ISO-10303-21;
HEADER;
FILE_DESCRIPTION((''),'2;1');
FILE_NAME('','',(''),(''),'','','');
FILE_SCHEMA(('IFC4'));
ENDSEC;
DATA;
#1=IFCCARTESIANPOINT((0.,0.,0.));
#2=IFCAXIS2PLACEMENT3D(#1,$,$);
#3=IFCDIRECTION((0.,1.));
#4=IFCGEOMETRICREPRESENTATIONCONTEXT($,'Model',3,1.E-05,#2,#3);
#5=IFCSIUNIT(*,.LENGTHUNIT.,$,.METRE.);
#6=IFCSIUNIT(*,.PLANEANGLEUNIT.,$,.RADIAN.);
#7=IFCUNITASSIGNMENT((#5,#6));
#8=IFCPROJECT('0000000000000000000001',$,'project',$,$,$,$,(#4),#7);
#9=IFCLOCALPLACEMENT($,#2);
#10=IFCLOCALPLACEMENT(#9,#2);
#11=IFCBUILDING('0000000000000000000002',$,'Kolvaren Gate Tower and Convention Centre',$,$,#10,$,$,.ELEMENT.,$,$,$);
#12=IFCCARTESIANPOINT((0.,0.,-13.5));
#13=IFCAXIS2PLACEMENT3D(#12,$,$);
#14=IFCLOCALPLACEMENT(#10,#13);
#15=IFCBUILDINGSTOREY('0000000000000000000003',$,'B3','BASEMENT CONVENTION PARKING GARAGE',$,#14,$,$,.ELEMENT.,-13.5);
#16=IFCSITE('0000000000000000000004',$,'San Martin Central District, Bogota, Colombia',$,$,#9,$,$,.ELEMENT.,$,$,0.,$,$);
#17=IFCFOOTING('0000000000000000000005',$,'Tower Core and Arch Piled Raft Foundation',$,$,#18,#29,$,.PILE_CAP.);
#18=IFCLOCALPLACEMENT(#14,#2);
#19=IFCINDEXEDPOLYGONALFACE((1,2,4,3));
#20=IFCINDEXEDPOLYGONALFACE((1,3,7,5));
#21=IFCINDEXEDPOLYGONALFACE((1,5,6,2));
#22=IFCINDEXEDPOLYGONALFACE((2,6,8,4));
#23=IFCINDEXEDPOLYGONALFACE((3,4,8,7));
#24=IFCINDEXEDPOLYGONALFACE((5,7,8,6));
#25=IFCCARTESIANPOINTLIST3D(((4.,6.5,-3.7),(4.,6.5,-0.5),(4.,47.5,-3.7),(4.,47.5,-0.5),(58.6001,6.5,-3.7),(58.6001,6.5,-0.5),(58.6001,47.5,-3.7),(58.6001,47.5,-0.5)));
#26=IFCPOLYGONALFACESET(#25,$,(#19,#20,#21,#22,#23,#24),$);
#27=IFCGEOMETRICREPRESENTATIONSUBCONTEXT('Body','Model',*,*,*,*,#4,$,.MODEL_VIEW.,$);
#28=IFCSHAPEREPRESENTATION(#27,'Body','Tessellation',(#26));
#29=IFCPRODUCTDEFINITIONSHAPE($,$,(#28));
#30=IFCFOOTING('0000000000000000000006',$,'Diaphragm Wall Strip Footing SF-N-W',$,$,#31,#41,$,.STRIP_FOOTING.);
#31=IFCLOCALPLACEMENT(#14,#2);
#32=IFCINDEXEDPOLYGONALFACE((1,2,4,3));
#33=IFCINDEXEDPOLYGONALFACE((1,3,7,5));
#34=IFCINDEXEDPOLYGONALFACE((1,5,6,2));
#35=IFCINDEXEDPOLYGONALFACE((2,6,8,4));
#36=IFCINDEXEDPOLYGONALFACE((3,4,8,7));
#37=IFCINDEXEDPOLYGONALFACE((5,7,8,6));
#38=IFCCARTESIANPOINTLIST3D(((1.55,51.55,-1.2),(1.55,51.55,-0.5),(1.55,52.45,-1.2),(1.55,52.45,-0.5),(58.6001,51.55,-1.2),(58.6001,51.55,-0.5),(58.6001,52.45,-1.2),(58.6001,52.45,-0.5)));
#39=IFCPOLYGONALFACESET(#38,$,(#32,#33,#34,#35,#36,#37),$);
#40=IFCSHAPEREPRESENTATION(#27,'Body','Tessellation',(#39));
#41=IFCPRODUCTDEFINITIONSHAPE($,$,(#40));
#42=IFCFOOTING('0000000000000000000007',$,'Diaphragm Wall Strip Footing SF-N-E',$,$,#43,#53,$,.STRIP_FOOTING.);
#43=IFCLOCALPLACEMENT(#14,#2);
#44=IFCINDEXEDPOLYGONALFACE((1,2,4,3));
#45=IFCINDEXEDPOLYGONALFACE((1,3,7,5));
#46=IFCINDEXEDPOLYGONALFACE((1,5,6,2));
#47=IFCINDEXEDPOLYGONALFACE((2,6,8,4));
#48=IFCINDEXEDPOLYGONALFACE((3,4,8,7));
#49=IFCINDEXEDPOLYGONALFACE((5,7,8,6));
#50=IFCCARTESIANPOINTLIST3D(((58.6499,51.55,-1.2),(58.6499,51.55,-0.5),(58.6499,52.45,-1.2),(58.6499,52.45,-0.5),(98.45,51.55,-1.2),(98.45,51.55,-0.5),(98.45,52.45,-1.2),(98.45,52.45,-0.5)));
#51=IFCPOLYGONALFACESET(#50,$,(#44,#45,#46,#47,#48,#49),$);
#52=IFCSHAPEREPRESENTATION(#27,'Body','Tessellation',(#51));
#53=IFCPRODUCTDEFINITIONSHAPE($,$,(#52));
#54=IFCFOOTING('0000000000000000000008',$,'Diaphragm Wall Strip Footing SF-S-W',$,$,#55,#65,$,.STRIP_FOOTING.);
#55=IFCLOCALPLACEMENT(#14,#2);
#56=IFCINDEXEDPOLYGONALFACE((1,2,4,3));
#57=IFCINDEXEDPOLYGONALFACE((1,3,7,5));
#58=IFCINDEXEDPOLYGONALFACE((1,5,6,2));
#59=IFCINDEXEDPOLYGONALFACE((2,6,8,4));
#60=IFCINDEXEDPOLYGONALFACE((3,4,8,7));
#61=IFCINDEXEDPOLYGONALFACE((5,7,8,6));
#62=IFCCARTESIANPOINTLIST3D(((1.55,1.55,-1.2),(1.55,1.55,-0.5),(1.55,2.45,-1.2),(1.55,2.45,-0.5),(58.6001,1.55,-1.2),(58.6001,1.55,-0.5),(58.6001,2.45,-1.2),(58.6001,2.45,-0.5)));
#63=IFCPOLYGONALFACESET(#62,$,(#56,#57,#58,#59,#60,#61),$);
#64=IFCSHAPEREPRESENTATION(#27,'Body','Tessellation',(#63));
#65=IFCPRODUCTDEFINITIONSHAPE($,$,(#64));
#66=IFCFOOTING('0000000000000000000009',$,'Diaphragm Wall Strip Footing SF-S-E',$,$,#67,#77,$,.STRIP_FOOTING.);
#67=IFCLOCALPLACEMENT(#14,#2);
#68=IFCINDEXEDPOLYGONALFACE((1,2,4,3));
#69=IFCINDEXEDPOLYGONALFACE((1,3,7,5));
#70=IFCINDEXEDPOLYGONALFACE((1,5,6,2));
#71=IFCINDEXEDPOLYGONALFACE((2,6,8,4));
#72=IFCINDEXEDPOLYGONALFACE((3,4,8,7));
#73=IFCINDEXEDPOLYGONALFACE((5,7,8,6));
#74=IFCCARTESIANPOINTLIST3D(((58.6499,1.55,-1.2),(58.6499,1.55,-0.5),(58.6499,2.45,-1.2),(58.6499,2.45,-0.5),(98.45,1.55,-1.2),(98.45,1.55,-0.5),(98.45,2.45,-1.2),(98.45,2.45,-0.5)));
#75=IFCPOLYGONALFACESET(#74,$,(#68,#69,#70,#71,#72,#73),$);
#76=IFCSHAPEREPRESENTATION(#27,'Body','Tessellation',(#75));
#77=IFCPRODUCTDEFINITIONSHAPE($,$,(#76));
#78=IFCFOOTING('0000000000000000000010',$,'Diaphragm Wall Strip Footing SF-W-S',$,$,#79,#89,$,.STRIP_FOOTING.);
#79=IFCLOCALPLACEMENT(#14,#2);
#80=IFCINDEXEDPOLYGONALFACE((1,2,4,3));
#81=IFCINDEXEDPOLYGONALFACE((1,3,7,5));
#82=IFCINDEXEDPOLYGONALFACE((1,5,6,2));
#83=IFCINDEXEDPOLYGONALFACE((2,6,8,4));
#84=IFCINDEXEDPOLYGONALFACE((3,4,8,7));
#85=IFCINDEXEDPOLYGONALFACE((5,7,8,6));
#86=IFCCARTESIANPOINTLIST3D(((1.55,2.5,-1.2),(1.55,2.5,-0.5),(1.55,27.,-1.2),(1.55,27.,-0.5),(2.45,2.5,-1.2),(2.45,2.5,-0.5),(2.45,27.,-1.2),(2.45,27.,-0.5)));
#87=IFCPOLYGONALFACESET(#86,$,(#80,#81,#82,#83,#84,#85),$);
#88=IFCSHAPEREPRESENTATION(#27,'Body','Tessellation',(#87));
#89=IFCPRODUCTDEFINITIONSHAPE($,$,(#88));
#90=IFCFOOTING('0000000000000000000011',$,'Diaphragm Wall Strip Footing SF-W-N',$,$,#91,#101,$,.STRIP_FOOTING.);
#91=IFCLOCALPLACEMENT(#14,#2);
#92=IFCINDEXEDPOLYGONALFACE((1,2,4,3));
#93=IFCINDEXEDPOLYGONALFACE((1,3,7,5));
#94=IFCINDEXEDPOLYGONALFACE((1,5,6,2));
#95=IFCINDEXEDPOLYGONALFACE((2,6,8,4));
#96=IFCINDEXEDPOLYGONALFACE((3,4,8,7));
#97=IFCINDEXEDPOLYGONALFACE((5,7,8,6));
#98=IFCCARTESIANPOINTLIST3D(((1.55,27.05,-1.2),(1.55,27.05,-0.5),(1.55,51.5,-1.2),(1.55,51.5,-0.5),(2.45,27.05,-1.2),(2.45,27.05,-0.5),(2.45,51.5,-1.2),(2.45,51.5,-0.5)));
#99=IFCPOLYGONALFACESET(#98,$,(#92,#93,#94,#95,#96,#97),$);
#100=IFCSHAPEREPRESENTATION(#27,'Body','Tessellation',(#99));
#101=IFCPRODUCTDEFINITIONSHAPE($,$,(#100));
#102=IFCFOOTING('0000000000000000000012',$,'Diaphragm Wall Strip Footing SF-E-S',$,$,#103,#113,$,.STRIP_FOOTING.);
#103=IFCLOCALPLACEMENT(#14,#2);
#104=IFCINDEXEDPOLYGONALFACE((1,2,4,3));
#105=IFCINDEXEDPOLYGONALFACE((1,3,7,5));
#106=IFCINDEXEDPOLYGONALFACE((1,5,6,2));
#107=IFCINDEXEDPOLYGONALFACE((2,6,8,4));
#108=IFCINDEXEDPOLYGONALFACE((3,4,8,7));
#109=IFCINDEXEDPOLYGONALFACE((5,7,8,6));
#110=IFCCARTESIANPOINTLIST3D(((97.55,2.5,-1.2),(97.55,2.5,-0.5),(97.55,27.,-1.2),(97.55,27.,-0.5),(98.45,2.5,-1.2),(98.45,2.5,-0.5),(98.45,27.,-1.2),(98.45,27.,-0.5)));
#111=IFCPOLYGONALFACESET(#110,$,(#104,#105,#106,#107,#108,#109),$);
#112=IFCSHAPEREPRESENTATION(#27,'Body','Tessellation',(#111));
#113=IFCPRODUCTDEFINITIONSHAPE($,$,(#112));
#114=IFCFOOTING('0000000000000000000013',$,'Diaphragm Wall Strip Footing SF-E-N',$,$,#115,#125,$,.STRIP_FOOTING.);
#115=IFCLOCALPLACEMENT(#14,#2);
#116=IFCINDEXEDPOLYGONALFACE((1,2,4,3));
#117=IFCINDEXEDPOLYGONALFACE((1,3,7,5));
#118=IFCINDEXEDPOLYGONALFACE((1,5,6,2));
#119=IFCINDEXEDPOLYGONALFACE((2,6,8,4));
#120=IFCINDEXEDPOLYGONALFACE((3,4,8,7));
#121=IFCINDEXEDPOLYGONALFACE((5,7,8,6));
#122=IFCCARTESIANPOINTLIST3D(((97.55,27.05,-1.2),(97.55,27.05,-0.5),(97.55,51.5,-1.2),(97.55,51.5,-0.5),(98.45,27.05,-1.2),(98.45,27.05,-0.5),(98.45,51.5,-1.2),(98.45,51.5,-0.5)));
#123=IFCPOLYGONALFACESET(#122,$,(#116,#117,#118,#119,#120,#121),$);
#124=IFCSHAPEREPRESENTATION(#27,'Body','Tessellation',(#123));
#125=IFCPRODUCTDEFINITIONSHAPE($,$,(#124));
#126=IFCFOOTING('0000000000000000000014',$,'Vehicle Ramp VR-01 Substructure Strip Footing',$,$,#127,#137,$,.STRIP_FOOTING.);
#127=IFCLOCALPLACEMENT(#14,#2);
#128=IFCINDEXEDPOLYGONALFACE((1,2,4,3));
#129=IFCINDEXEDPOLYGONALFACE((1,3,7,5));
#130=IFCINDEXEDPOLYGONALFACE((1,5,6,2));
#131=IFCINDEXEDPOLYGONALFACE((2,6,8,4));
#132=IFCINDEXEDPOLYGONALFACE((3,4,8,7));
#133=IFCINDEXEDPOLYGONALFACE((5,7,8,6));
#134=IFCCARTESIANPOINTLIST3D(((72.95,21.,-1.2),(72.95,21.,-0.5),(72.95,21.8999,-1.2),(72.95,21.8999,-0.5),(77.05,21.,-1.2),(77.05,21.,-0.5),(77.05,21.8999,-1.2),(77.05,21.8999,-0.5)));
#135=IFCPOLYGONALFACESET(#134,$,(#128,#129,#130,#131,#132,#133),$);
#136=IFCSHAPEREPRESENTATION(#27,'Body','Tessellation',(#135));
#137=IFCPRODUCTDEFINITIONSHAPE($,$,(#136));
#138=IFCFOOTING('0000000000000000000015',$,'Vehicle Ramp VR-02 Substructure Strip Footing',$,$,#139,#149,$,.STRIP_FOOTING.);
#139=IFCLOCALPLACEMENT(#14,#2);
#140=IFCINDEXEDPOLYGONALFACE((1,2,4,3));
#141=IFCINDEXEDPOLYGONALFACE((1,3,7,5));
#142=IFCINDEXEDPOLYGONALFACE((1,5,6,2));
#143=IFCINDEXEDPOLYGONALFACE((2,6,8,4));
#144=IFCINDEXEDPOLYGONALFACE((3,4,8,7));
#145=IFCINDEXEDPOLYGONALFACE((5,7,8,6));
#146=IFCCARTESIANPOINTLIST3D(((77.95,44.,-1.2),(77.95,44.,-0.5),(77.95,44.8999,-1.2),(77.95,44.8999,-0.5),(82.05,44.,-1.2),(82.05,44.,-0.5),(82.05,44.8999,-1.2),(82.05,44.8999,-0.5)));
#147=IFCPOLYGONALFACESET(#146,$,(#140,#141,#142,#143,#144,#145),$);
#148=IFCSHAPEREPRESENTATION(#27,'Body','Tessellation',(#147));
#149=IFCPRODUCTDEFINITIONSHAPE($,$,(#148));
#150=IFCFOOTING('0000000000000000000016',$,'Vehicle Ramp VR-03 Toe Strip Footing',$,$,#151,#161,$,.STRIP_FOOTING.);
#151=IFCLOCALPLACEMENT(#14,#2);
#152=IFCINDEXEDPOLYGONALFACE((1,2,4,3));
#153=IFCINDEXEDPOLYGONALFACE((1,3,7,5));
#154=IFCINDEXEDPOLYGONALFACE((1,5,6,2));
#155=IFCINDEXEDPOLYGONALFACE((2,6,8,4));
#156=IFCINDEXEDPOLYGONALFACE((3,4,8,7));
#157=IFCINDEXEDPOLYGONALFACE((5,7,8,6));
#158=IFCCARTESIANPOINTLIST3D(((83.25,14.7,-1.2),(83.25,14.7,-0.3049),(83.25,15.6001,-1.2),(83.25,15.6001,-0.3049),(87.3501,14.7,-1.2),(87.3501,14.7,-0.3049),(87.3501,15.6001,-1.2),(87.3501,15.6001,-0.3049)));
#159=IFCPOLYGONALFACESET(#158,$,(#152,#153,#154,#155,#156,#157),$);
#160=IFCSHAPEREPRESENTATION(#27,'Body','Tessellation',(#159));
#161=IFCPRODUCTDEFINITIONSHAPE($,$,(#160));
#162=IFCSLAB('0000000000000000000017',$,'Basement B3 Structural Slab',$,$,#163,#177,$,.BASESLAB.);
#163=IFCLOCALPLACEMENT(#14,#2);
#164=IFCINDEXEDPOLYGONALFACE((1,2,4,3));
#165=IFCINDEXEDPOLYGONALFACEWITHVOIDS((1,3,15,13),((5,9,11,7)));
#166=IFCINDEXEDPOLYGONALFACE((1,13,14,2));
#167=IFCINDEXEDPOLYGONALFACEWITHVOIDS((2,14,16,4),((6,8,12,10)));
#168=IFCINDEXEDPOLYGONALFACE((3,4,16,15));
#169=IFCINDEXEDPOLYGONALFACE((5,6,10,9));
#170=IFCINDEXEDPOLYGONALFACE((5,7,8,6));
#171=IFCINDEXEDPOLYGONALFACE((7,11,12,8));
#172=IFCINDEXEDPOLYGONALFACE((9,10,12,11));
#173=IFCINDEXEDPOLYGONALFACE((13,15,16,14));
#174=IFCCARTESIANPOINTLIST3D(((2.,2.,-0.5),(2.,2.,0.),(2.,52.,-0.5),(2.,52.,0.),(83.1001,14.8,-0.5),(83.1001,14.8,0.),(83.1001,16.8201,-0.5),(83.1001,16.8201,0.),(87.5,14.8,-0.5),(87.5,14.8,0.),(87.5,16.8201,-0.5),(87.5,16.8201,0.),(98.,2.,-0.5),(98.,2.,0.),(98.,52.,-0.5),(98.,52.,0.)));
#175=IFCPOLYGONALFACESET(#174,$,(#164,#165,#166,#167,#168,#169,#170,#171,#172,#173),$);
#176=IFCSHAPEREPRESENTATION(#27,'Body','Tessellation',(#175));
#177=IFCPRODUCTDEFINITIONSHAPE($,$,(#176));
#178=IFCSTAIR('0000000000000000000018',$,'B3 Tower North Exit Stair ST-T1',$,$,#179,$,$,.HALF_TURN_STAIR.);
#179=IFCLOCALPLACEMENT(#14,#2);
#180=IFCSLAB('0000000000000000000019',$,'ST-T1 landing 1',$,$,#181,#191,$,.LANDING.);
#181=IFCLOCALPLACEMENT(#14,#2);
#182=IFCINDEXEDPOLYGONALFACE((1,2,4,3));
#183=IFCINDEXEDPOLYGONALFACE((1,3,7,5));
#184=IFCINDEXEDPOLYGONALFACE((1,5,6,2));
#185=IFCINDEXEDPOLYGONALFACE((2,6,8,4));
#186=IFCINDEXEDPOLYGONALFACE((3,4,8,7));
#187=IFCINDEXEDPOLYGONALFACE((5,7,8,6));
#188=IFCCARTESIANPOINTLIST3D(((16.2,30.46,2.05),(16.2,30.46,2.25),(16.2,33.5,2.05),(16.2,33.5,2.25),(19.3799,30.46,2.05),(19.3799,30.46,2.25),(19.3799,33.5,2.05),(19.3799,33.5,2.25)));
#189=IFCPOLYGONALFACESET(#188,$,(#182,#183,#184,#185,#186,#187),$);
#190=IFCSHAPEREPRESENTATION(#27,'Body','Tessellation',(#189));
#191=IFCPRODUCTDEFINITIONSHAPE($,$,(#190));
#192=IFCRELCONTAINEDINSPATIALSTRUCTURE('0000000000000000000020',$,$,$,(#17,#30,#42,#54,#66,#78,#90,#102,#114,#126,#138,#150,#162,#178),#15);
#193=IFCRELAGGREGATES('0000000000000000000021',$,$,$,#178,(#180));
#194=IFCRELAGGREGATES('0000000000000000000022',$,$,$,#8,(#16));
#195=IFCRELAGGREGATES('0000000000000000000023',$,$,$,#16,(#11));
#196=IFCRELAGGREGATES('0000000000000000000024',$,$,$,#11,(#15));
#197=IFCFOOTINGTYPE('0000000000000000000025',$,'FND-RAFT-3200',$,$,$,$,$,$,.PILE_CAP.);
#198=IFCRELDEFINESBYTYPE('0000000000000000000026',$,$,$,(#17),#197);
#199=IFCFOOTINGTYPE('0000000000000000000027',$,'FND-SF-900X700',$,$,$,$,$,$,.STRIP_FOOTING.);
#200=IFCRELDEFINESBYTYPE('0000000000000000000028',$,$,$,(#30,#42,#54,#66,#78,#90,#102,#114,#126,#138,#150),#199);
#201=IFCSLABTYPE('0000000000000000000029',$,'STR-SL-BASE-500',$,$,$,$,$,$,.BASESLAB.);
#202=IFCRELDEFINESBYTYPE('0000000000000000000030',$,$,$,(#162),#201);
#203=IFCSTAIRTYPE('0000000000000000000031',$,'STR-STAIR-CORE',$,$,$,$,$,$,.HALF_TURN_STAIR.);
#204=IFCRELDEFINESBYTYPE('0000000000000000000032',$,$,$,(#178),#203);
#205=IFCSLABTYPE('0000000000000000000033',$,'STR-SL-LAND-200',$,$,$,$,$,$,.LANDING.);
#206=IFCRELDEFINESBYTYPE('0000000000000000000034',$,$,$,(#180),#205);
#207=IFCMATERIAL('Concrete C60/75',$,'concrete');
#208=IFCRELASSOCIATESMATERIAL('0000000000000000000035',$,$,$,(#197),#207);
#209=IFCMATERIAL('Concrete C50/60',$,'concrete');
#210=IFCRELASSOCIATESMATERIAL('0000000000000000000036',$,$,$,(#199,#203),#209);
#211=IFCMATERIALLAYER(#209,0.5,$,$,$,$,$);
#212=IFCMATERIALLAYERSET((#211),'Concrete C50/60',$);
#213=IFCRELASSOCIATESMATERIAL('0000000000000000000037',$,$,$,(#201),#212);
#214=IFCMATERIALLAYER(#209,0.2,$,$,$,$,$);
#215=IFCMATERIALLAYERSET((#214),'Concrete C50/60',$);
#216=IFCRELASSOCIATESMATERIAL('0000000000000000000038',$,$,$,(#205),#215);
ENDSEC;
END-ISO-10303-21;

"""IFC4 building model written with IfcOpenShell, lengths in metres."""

from ifc_helpers import new_model, si_unit, direction, frame, origin, place, context, subcontext, project, spatial, polyline, outline, extrude, material, layer, layer_set, type_object, element, aggregate, save


model = new_model("IFC4")

# Units and contexts
model_context = context("Model", 3, precision=1e-05, world=origin(), true_north=direction((0.0, 1.0)))
body_context = subcontext(model_context, "Body", "Model", "MODEL_VIEW")
ifc_project = project(units=[si_unit("LENGTHUNIT", "METRE"), si_unit("PLANEANGLEUNIT", "RADIAN")], contexts=[model_context])

# Site, building, storey
site_placement = place(None, origin())
site = spatial("IfcSite", under=ifc_project, at=site_placement, Name="San Martin Central District, Bogota, Colombia", CompositionType="ELEMENT", RefElevation=0.0)
building_placement = place(site_placement, origin())
building = spatial("IfcBuilding", under=site, at=building_placement, Name="Kolvaren Gate Tower and Convention Centre", CompositionType="ELEMENT")
storey_placement = place(building_placement, frame((0.0, 0.0, -13.5)))
storey = spatial("IfcBuildingStorey", under=building, at=storey_placement, Name="B3", Description="BASEMENT CONVENTION PARKING GARAGE", CompositionType="ELEMENT", Elevation=-13.5)

# Footings
ifc_material_1 = material(Name="Concrete C60/75", Category="concrete")
footing_type_1 = type_object("IfcFootingType", Name="FND-RAFT-3200", PredefinedType="PILE_CAP", material=ifc_material_1)
footing_1_placement = place(storey_placement, frame((0.0, 0.0, -3.7)))
element("IfcFooting", 1, at=footing_1_placement, inside=storey, type_object=footing_type_1, Name="Tower Core and Arch Piled Raft Foundation", PredefinedType="PILE_CAP", context=body_context, shape_type="SweptSolid", body=[
    extrude(outline(polyline([(4.0, 6.5), (58.6001, 6.5), (58.6001, 47.5), (4.0, 47.5), (4.0, 6.5)])), origin(), (0.0, 0.0, 1.0), 3.2),
])
ifc_material_2 = material(Name="Concrete C50/60", Category="concrete")
footing_type_2 = type_object("IfcFootingType", Name="FND-SF-900X700", PredefinedType="STRIP_FOOTING", material=ifc_material_2)
footing_2_placement = place(storey_placement, frame((0.0, 0.0, -1.2)))
element("IfcFooting", 2, at=footing_2_placement, inside=storey, type_object=footing_type_2, Name="Diaphragm Wall Strip Footing SF-N-W", PredefinedType="STRIP_FOOTING", context=body_context, shape_type="SweptSolid", body=[
    extrude(outline(polyline([(1.55, 51.55), (58.6001, 51.55), (58.6001, 52.45), (1.55, 52.45), (1.55, 51.55)])), origin(), (0.0, 0.0, 1.0), 0.7),
])
footing_3_placement = place(storey_placement, frame((0.0, 0.0, -1.2)))
element("IfcFooting", 3, at=footing_3_placement, inside=storey, type_object=footing_type_2, Name="Diaphragm Wall Strip Footing SF-N-E", PredefinedType="STRIP_FOOTING", context=body_context, shape_type="SweptSolid", body=[
    extrude(outline(polyline([(58.6499, 51.55), (98.45, 51.55), (98.45, 52.45), (58.6499, 52.45), (58.6499, 51.55)])), origin(), (0.0, 0.0, 1.0), 0.7),
])
footing_4_placement = place(storey_placement, frame((0.0, 0.0, -1.2)))
element("IfcFooting", 4, at=footing_4_placement, inside=storey, type_object=footing_type_2, Name="Diaphragm Wall Strip Footing SF-S-W", PredefinedType="STRIP_FOOTING", context=body_context, shape_type="SweptSolid", body=[
    extrude(outline(polyline([(1.55, 1.55), (58.6001, 1.55), (58.6001, 2.45), (1.55, 2.45), (1.55, 1.55)])), origin(), (0.0, 0.0, 1.0), 0.7),
])
footing_5_placement = place(storey_placement, frame((0.0, 0.0, -1.2)))
element("IfcFooting", 5, at=footing_5_placement, inside=storey, type_object=footing_type_2, Name="Diaphragm Wall Strip Footing SF-S-E", PredefinedType="STRIP_FOOTING", context=body_context, shape_type="SweptSolid", body=[
    extrude(outline(polyline([(58.6499, 1.55), (98.45, 1.55), (98.45, 2.45), (58.6499, 2.45), (58.6499, 1.55)])), origin(), (0.0, 0.0, 1.0), 0.7),
])
footing_6_placement = place(storey_placement, frame((0.0, 0.0, -1.2)))
element("IfcFooting", 6, at=footing_6_placement, inside=storey, type_object=footing_type_2, Name="Diaphragm Wall Strip Footing SF-W-S", PredefinedType="STRIP_FOOTING", context=body_context, shape_type="SweptSolid", body=[
    extrude(outline(polyline([(1.55, 2.5), (2.45, 2.5), (2.45, 27.0), (1.55, 27.0), (1.55, 2.5)])), origin(), (0.0, 0.0, 1.0), 0.7),
])
footing_7_placement = place(storey_placement, frame((0.0, 0.0, -1.2)))
element("IfcFooting", 7, at=footing_7_placement, inside=storey, type_object=footing_type_2, Name="Diaphragm Wall Strip Footing SF-W-N", PredefinedType="STRIP_FOOTING", context=body_context, shape_type="SweptSolid", body=[
    extrude(outline(polyline([(1.55, 27.05), (2.45, 27.05), (2.45, 51.5), (1.55, 51.5), (1.55, 27.05)])), origin(), (0.0, 0.0, 1.0), 0.7),
])
footing_8_placement = place(storey_placement, frame((0.0, 0.0, -1.2)))
element("IfcFooting", 8, at=footing_8_placement, inside=storey, type_object=footing_type_2, Name="Diaphragm Wall Strip Footing SF-E-S", PredefinedType="STRIP_FOOTING", context=body_context, shape_type="SweptSolid", body=[
    extrude(outline(polyline([(97.55, 2.5), (98.45, 2.5), (98.45, 27.0), (97.55, 27.0), (97.55, 2.5)])), origin(), (0.0, 0.0, 1.0), 0.7),
])
footing_9_placement = place(storey_placement, frame((0.0, 0.0, -1.2)))
element("IfcFooting", 9, at=footing_9_placement, inside=storey, type_object=footing_type_2, Name="Diaphragm Wall Strip Footing SF-E-N", PredefinedType="STRIP_FOOTING", context=body_context, shape_type="SweptSolid", body=[
    extrude(outline(polyline([(97.55, 27.05), (98.45, 27.05), (98.45, 51.5), (97.55, 51.5), (97.55, 27.05)])), origin(), (0.0, 0.0, 1.0), 0.7),
])
footing_10_placement = place(storey_placement, frame((0.0, 0.0, -1.2)))
element("IfcFooting", 10, at=footing_10_placement, inside=storey, type_object=footing_type_2, Name="Vehicle Ramp VR-01 Substructure Strip Footing", PredefinedType="STRIP_FOOTING", context=body_context, shape_type="SweptSolid", body=[
    extrude(outline(polyline([(72.95, 21.0), (77.05, 21.0), (77.05, 21.8999), (72.95, 21.8999), (72.95, 21.0)])), origin(), (0.0, 0.0, 1.0), 0.7),
])
footing_11_placement = place(storey_placement, frame((0.0, 0.0, -1.2)))
element("IfcFooting", 11, at=footing_11_placement, inside=storey, type_object=footing_type_2, Name="Vehicle Ramp VR-02 Substructure Strip Footing", PredefinedType="STRIP_FOOTING", context=body_context, shape_type="SweptSolid", body=[
    extrude(outline(polyline([(77.95, 44.0), (82.05, 44.0), (82.05, 44.8999), (77.95, 44.8999), (77.95, 44.0)])), origin(), (0.0, 0.0, 1.0), 0.7),
])
footing_12_placement = place(storey_placement, frame((0.0, 0.0, -1.2)))
element("IfcFooting", 12, at=footing_12_placement, inside=storey, type_object=footing_type_2, Name="Vehicle Ramp VR-03 Toe Strip Footing", PredefinedType="STRIP_FOOTING", context=body_context, shape_type="SweptSolid", body=[
    extrude(outline(polyline([(83.25, 14.7), (87.3501, 14.7), (87.3501, 15.6001), (83.25, 15.6001), (83.25, 14.7)])), origin(), (0.0, 0.0, 1.0), 0.895),
])

# Slab
ifc_layer_1 = layer(ifc_material_2, 0.5)
ifc_layer_set_1 = layer_set([ifc_layer_1], Name="Concrete C50/60")
slab_type_1 = type_object("IfcSlabType", Name="STR-SL-BASE-500", PredefinedType="BASESLAB", material=ifc_layer_set_1)
slab_1_placement = place(storey_placement, frame((0.0, 0.0, -0.5)))
element("IfcSlab", 13, at=slab_1_placement, inside=storey, type_object=slab_type_1, Name="Basement B3 Structural Slab", PredefinedType="BASESLAB", context=body_context, shape_type="SweptSolid", body=[
    extrude(outline(polyline([(2.0, 2.0), (98.0, 2.0), (98.0, 52.0), (2.0, 52.0), (2.0, 2.0)]), holes=[polyline([(83.1001, 14.8), (83.1001, 16.8201), (87.5, 16.8201), (87.5, 14.8), (83.1001, 14.8)])]), origin(), (0.0, 0.0, 1.0), 0.5),
])

# Stair, slab
stair_type_1 = type_object("IfcStairType", Name="STR-STAIR-CORE", PredefinedType="HALF_TURN_STAIR", material=ifc_material_2)
stair_1_placement = place(storey_placement, origin())
stair_1 = element("IfcStair", 14, at=stair_1_placement, inside=storey, type_object=stair_type_1, Name="B3 Tower North Exit Stair ST-T1", PredefinedType="HALF_TURN_STAIR")
ifc_layer_2 = layer(ifc_material_2, 0.2)
ifc_layer_set_2 = layer_set([ifc_layer_2], Name="Concrete C50/60")
slab_type_2 = type_object("IfcSlabType", Name="STR-SL-LAND-200", PredefinedType="LANDING", material=ifc_layer_set_2)
slab_2_placement = place(storey_placement, frame((0.0, 0.0, 2.05)))
slab_2 = element("IfcSlab", 15, at=slab_2_placement, type_object=slab_type_2, Name="ST-T1 landing 1", PredefinedType="LANDING", context=body_context, shape_type="SweptSolid", body=[
    extrude(outline(polyline([(19.3799, 33.5), (16.2, 33.5), (16.2, 30.46), (19.3799, 30.46), (19.3799, 33.5)])), origin(), (0.0, 0.0, 1.0), 0.2),
])
aggregate(stair_1, [slab_2])

save(model, "model.ifc")
